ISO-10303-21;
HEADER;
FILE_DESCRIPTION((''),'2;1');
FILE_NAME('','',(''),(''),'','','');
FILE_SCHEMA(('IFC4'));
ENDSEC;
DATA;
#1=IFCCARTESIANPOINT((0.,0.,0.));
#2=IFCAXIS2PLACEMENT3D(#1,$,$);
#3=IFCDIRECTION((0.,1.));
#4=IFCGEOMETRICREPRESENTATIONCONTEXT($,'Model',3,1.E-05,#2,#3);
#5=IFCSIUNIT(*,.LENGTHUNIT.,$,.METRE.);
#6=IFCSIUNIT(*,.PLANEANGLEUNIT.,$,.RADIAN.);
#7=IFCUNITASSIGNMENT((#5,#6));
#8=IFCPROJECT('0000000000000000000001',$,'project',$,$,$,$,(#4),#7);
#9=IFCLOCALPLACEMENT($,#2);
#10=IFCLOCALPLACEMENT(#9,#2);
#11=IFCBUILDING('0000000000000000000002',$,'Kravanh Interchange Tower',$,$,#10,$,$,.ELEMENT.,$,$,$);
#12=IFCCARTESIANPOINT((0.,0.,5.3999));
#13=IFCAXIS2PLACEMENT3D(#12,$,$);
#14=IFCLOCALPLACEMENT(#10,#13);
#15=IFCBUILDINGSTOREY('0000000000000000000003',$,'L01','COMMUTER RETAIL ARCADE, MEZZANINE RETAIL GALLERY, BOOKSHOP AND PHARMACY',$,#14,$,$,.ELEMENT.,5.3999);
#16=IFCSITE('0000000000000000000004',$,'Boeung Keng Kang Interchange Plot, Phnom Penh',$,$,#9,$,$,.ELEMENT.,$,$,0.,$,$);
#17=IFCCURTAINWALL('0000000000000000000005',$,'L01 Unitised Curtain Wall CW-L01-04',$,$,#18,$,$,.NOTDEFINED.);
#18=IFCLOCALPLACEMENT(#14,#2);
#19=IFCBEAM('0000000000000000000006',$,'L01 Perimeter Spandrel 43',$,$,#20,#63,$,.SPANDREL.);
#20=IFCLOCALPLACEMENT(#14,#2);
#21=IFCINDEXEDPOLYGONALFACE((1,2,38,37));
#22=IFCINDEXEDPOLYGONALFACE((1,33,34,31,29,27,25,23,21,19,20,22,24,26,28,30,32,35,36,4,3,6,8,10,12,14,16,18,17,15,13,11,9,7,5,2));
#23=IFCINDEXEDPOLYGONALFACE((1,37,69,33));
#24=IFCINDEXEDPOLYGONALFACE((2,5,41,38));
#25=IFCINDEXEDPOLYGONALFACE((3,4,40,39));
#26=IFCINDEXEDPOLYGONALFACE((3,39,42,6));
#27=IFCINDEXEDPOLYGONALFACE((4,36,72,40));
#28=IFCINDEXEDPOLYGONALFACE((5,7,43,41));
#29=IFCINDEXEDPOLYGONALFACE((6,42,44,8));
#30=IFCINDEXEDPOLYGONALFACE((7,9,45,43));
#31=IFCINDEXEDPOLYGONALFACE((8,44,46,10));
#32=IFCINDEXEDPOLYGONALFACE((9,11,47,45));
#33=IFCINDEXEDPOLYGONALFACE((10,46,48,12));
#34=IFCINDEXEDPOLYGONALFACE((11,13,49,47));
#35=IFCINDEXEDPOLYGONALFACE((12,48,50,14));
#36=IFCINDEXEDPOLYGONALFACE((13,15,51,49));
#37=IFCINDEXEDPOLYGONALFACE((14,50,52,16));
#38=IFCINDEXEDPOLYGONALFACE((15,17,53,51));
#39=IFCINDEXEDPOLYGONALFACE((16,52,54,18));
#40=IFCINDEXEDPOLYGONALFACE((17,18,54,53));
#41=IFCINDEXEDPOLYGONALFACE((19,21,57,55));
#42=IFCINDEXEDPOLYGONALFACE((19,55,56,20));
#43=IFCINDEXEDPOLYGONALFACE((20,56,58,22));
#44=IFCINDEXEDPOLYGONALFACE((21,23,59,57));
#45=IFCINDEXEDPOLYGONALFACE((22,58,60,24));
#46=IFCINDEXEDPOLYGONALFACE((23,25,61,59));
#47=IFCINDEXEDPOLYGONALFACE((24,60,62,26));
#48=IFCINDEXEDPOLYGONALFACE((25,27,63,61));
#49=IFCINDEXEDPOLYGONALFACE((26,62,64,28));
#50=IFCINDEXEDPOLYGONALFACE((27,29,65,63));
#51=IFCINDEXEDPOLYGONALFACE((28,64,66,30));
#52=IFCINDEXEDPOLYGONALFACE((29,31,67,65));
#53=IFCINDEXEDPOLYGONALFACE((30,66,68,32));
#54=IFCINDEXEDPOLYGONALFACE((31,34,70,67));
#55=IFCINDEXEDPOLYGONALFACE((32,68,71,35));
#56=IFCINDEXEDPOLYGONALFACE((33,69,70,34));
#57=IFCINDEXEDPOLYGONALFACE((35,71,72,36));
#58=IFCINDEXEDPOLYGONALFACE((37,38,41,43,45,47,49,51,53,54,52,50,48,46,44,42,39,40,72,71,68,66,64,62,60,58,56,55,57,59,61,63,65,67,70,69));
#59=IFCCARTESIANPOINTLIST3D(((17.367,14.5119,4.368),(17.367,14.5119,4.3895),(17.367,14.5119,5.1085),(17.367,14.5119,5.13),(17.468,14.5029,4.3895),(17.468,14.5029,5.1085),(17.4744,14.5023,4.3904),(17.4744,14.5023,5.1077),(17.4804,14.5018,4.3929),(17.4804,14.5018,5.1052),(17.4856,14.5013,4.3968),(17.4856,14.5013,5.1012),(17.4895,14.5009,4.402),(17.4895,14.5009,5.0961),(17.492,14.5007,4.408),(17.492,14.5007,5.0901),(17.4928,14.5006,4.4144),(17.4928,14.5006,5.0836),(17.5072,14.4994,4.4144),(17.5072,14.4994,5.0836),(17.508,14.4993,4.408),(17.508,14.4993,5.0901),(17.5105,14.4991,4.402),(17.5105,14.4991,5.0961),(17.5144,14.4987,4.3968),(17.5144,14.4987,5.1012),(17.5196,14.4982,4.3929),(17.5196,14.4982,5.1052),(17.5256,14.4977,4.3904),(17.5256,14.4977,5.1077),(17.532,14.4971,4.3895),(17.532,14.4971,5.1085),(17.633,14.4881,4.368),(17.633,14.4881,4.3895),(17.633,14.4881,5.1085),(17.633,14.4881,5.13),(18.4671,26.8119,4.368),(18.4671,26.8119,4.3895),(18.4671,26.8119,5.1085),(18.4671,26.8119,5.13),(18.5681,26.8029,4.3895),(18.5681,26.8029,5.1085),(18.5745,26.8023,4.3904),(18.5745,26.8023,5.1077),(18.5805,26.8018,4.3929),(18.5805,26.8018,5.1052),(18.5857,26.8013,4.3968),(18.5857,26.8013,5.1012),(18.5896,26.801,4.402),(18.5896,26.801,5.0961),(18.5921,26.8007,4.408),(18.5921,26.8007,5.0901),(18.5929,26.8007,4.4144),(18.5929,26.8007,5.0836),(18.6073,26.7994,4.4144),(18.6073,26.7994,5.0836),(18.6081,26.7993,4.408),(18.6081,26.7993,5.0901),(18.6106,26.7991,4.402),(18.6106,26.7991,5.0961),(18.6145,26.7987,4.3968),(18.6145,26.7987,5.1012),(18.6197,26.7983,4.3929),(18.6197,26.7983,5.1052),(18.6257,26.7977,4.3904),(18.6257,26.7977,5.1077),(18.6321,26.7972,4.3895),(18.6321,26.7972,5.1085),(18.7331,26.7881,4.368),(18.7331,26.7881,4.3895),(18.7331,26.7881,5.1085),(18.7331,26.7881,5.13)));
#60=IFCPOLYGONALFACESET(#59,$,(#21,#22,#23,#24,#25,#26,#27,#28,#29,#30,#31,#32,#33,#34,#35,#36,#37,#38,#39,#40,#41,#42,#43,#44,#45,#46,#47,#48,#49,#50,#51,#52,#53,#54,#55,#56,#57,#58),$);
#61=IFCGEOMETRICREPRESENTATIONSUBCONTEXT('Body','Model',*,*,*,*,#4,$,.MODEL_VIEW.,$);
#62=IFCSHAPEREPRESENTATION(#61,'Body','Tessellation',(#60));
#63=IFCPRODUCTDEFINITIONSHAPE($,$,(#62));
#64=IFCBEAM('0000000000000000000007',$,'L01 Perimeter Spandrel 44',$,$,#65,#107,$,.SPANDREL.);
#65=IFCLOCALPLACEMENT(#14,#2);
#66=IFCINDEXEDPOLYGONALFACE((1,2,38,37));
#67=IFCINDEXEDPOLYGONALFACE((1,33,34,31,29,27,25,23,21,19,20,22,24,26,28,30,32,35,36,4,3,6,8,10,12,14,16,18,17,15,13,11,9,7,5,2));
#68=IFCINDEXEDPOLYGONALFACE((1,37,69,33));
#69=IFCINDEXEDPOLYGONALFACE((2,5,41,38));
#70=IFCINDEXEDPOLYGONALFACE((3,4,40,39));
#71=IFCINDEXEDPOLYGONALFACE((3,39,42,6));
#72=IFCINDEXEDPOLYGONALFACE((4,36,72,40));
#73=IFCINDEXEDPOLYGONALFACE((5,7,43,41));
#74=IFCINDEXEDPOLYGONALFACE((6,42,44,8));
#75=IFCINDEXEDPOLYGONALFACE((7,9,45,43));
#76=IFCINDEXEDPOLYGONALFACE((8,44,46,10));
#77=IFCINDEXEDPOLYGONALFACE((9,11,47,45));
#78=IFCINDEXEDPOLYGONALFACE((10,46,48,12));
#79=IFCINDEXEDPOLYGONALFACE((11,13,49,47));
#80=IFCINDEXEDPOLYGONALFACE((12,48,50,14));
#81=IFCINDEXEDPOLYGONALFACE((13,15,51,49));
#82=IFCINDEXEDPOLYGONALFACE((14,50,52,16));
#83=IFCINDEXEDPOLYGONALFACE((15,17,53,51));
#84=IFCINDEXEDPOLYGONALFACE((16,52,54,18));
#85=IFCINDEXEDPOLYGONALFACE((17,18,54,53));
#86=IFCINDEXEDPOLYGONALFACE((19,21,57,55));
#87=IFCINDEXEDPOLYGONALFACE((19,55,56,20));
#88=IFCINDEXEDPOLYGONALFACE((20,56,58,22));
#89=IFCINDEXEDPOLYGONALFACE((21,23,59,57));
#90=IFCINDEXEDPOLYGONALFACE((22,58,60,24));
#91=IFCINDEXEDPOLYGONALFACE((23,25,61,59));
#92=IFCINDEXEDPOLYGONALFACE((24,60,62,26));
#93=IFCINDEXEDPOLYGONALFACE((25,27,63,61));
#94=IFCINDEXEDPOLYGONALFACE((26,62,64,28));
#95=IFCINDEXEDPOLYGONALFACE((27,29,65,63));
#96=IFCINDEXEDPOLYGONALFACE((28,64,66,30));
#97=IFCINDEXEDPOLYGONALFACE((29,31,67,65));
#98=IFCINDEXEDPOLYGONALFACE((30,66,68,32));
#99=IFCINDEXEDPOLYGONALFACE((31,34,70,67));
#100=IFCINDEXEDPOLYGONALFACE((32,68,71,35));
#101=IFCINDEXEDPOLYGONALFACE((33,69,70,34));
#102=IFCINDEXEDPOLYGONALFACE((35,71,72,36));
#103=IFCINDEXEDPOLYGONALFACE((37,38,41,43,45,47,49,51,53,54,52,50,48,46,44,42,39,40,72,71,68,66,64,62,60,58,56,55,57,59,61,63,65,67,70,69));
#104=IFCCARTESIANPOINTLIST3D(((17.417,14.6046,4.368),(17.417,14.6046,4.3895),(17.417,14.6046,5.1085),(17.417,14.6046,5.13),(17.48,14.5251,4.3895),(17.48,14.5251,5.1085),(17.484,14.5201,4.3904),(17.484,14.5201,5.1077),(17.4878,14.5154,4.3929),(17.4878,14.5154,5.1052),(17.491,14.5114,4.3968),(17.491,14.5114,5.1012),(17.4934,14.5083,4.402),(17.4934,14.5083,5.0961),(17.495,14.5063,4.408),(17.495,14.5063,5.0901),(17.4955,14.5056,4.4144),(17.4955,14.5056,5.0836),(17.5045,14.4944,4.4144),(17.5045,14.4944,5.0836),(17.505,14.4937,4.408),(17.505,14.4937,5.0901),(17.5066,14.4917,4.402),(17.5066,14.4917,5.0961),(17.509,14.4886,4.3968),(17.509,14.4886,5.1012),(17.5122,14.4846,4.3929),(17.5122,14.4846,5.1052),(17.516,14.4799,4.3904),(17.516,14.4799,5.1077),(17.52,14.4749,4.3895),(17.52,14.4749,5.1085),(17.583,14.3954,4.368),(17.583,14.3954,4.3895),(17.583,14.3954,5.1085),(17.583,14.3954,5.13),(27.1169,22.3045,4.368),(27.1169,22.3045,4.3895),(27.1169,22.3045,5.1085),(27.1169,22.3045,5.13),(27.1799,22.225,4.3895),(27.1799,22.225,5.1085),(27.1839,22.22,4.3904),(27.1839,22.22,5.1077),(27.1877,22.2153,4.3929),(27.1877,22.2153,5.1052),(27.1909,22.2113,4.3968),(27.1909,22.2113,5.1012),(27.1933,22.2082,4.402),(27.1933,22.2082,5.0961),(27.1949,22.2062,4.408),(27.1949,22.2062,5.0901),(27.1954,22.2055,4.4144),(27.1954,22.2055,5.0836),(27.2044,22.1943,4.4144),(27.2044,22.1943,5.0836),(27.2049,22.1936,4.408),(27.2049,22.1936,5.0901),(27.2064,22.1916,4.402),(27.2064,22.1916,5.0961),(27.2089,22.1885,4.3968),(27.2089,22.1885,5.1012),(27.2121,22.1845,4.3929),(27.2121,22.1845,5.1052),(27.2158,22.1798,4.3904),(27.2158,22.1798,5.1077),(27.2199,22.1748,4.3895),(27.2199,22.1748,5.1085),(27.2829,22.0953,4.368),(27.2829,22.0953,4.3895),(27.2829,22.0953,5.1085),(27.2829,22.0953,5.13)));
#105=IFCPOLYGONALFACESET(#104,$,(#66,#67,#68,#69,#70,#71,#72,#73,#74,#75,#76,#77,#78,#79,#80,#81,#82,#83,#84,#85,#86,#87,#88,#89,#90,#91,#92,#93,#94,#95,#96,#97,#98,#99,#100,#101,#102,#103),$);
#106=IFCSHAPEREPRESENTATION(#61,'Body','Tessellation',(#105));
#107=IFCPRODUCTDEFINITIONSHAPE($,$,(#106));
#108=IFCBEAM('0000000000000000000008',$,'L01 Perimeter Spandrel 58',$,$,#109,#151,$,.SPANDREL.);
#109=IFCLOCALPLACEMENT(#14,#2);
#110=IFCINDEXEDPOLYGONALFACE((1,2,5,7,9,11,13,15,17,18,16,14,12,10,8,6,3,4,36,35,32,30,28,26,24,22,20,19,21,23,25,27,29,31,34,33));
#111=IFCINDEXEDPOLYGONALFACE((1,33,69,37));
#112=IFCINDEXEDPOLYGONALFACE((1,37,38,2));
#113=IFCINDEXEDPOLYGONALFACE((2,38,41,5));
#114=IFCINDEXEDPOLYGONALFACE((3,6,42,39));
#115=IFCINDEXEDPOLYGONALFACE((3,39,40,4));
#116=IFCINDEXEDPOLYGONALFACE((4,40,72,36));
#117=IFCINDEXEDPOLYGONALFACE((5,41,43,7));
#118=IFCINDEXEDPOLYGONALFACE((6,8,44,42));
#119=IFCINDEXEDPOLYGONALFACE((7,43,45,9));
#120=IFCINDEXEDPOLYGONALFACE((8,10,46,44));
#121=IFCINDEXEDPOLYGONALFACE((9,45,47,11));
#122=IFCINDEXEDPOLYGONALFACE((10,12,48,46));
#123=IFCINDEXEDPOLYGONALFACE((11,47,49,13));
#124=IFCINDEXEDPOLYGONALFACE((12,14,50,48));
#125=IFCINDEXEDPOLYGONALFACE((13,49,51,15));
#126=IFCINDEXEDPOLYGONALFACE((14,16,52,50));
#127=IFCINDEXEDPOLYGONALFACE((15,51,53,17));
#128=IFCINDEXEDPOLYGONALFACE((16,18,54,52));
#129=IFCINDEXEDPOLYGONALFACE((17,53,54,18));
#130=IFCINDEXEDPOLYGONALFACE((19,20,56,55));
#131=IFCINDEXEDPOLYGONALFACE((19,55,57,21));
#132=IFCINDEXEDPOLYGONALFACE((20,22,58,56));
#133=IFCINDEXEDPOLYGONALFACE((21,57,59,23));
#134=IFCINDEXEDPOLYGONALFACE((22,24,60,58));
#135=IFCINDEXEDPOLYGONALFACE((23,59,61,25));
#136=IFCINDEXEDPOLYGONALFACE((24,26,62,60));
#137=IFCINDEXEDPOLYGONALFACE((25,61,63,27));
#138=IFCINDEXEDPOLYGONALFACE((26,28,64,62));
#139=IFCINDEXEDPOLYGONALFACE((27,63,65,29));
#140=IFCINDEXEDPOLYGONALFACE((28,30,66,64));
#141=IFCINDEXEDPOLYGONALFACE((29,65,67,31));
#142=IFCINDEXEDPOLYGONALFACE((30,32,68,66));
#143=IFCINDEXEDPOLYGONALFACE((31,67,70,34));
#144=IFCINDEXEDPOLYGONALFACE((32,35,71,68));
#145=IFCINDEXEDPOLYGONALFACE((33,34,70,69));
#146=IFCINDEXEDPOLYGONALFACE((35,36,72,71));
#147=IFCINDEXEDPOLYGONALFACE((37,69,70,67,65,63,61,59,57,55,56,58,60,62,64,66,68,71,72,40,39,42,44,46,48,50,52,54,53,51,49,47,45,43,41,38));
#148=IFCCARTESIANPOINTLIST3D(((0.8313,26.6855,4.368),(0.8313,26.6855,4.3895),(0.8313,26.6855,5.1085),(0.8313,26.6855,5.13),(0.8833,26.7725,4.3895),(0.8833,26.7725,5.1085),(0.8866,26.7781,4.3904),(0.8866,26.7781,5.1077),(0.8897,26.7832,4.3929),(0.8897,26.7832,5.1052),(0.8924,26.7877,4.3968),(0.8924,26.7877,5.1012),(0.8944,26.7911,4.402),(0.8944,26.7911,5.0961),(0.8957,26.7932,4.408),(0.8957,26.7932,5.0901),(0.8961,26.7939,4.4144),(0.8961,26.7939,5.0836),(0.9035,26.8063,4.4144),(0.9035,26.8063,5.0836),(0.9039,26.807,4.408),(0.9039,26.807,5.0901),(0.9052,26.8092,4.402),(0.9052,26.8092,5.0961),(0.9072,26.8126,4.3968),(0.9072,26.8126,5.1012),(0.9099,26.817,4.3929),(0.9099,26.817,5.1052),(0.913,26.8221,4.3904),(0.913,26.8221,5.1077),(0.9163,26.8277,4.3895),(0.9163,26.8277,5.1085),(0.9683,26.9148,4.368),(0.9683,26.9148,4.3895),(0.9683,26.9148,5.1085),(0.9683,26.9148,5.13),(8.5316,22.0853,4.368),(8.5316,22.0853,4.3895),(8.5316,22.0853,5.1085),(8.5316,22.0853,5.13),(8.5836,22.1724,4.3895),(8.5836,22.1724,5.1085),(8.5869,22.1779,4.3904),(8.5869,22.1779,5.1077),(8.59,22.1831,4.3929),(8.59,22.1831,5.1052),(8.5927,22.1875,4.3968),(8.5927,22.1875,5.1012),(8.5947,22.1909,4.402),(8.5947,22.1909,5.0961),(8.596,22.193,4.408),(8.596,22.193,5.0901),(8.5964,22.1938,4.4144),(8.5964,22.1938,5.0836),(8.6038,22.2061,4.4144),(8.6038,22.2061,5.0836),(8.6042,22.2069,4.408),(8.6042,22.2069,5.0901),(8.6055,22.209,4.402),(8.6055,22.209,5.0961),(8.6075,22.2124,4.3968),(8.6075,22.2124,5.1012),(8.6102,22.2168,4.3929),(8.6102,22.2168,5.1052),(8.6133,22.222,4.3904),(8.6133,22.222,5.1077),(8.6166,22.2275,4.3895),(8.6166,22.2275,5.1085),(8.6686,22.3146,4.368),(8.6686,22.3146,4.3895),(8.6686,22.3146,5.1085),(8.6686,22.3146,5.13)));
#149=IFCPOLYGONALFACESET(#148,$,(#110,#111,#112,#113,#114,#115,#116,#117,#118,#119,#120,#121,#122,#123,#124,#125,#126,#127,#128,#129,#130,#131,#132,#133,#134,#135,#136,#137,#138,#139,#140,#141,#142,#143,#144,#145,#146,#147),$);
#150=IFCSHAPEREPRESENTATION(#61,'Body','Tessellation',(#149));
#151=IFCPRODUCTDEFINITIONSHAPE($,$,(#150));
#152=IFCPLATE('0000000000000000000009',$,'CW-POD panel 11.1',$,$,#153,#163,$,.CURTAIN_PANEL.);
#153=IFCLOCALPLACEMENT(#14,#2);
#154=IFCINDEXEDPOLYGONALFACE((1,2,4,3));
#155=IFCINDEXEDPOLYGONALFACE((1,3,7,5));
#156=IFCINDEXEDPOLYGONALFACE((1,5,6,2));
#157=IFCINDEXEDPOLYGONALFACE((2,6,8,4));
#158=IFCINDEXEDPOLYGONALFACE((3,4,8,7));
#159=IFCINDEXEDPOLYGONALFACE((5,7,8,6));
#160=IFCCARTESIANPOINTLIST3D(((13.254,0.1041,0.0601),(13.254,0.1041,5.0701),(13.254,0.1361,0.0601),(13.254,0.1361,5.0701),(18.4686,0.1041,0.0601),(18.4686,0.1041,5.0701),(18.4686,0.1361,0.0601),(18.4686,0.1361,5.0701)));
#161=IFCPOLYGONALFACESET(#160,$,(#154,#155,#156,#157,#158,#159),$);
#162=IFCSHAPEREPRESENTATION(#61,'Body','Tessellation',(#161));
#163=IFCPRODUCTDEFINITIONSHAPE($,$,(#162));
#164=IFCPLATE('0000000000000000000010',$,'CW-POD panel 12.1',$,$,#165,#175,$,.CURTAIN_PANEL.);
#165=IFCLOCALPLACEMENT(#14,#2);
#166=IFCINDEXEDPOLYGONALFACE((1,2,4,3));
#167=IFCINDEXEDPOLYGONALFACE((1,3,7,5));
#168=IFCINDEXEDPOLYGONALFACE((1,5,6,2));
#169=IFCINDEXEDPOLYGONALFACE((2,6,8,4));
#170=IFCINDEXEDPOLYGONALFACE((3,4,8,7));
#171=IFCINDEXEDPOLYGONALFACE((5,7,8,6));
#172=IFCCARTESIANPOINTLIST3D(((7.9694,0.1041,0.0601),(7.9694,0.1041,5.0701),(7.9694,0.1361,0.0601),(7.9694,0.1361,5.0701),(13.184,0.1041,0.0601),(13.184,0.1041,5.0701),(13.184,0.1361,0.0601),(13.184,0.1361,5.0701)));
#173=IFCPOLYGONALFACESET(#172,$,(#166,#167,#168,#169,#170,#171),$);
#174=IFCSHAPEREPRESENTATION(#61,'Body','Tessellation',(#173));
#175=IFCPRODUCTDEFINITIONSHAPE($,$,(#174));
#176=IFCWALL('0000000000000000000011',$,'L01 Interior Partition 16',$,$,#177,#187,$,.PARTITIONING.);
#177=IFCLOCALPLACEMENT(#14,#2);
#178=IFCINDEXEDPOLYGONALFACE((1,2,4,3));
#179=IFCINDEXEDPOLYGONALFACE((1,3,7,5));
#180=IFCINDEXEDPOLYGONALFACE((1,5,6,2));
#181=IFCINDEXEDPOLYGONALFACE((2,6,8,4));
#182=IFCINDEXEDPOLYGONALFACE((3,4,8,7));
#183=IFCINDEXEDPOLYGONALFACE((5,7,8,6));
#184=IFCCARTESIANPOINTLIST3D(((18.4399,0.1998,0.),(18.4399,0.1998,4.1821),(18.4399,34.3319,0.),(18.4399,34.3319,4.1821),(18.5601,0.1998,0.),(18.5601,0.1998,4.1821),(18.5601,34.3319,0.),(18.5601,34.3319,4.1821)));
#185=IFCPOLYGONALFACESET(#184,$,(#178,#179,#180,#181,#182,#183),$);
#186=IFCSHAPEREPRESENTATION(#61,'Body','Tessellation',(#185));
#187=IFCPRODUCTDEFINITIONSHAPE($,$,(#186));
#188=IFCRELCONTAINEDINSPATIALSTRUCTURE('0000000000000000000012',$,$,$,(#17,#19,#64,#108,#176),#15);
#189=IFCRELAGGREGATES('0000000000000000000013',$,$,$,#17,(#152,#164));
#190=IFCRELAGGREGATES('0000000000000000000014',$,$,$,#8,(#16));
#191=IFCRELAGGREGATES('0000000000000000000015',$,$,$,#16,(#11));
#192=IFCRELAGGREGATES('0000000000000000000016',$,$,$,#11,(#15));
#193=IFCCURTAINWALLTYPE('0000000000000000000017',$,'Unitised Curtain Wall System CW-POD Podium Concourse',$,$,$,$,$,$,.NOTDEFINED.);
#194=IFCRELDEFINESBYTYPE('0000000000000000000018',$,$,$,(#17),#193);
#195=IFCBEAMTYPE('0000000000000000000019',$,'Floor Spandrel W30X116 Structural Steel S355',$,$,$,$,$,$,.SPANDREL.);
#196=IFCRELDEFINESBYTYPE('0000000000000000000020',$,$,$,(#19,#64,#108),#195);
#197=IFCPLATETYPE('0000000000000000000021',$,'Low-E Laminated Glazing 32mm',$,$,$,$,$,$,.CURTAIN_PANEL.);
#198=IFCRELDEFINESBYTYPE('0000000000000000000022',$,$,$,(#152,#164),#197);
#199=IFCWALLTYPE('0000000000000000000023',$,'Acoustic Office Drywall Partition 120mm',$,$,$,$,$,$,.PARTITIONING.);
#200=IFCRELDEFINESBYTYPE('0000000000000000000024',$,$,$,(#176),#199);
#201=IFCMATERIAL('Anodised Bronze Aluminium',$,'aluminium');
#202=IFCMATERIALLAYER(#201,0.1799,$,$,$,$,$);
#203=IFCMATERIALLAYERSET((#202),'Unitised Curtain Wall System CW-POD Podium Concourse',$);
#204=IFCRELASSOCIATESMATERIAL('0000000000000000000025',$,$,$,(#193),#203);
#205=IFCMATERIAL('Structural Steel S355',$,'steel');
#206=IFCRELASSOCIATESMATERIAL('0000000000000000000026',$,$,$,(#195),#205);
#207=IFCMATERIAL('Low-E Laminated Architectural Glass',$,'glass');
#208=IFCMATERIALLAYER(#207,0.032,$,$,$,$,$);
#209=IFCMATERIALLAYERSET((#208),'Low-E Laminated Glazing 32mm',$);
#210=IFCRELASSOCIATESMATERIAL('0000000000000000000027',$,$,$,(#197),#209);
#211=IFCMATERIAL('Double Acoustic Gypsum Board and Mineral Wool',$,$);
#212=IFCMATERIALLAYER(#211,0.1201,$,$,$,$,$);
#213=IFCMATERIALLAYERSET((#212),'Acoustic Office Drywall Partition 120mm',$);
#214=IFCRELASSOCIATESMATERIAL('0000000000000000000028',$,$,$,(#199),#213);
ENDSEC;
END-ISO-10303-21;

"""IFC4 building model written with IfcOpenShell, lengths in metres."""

from ifc_helpers import new_model, si_unit, direction, frame, frame_2d, origin, origin_2d, place, context, subcontext, project, spatial, rectangle, i_section, extrude, material, layer, layer_set, material_profile, profile_set, type_object, element, aggregate, save


model = new_model("IFC4")

# Units and contexts
model_context = context("Model", 3, precision=1e-05, world=origin(), true_north=direction((0.0, 1.0)))
body_context = subcontext(model_context, "Body", "Model", "MODEL_VIEW")
ifc_project = project(units=[si_unit("LENGTHUNIT", "METRE"), si_unit("PLANEANGLEUNIT", "RADIAN")], contexts=[model_context])

# Site, building, storey
site_placement = place(None, origin())
site = spatial("IfcSite", under=ifc_project, at=site_placement, Name="Boeung Keng Kang Interchange Plot, Phnom Penh", CompositionType="ELEMENT", RefElevation=0.0)
building_placement = place(site_placement, origin())
building = spatial("IfcBuilding", under=site, at=building_placement, Name="Kravanh Interchange Tower", CompositionType="ELEMENT")
storey_placement = place(building_placement, frame((0.0, 0.0, 5.3999)))
storey = spatial("IfcBuildingStorey", under=building, at=storey_placement, Name="L01", Description="COMMUTER RETAIL ARCADE, MEZZANINE RETAIL GALLERY, BOOKSHOP AND PHARMACY", CompositionType="ELEMENT", Elevation=5.3999)

# Curtain wall
ifc_material_1 = material(Name="Anodised Bronze Aluminium", Category="aluminium")
ifc_layer_1 = layer(ifc_material_1, 0.1799)
ifc_layer_set_1 = layer_set([ifc_layer_1], Name="Unitised Curtain Wall System CW-POD Podium Concourse")
curtain_wall_type = type_object("IfcCurtainWallType", Name="Unitised Curtain Wall System CW-POD Podium Concourse", PredefinedType="NOTDEFINED", material=ifc_layer_set_1)
curtain_wall_placement = place(storey_placement, origin())
curtain_wall = element("IfcCurtainWall", 1, at=curtain_wall_placement, inside=storey, type_object=curtain_wall_type, Name="L01 Unitised Curtain Wall CW-L01-04", PredefinedType="NOTDEFINED")

# Beams
ifc_material_2 = material(Name="Structural Steel S355", Category="steel")
ifc_material_profile_1 = material_profile(ifc_material_2, i_section(OverallWidth=0.2671, OverallDepth=0.762, WebThickness=0.0144, FlangeThickness=0.0215, FilletRadius=0.0249, at=origin_2d()), Name="W30X116")
ifc_profile_set_1 = profile_set([ifc_material_profile_1], Name="Structural Steel S355")
beam_type_1 = type_object("IfcBeamType", Name="Floor Spandrel W30X116 Structural Steel S355", PredefinedType="SPANDREL", material=ifc_profile_set_1)
beam_1_placement = place(storey_placement, frame((17.5, 14.5, 4.749), z_axis=(0.089083, 0.996024, 0.0), x_axis=(-0.996024, 0.089083, 0.0)))
element("IfcBeam", 2, at=beam_1_placement, inside=storey, type_object=beam_type_1, Name="L01 Perimeter Spandrel 43", PredefinedType="SPANDREL", context=body_context, shape_type="SweptSolid", body=[
    extrude(i_section(OverallWidth=0.2671, OverallDepth=0.762, WebThickness=0.0144, FlangeThickness=0.0215, FilletRadius=0.0249, at=origin_2d()), origin(), (0.0, 0.0, 1.0), 12.3491),
])
beam_2_placement = place(storey_placement, frame((17.5, 14.5, 4.749), z_axis=(0.783227, 0.621736, 0.0), x_axis=(-0.621736, 0.783227, 0.0)))
element("IfcBeam", 3, at=beam_2_placement, inside=storey, type_object=beam_type_1, Name="L01 Perimeter Spandrel 44", PredefinedType="SPANDREL", context=body_context, shape_type="SweptSolid", body=[
    extrude(i_section(OverallWidth=0.2671, OverallDepth=0.762, WebThickness=0.0144, FlangeThickness=0.0215, FilletRadius=0.0249, at=origin_2d()), origin(), (0.0, 0.0, 1.0), 12.3845),
])
beam_3_placement = place(storey_placement, frame((8.6001, 22.2, 4.749), z_axis=(-0.858476, 0.512854, 0.0), x_axis=(-0.512854, -0.858476, 0.0)))
element("IfcBeam", 4, at=beam_3_placement, inside=storey, type_object=beam_type_1, Name="L01 Perimeter Spandrel 58", PredefinedType="SPANDREL", context=body_context, shape_type="SweptSolid", body=[
    extrude(i_section(OverallWidth=0.2671, OverallDepth=0.762, WebThickness=0.0144, FlangeThickness=0.0215, FilletRadius=0.0249, at=origin_2d()), origin(), (0.0, 0.0, 1.0), 8.9697),
])

# Plates
ifc_material_3 = material(Name="Low-E Laminated Architectural Glass", Category="glass")
ifc_layer_2 = layer(ifc_material_3, 0.032)
ifc_layer_set_2 = layer_set([ifc_layer_2], Name="Low-E Laminated Glazing 32mm")
plate_type = type_object("IfcPlateType", Name="Low-E Laminated Glazing 32mm", PredefinedType="CURTAIN_PANEL", material=ifc_layer_set_2)
plate_1_placement = place(storey_placement, frame((15.8613, 0.1201, 0.0601), z_axis=(0.0, 0.0, 1.0), x_axis=(-1.0, 0.0, 0.0)))
plate_1 = element("IfcPlate", 5, at=plate_1_placement, type_object=plate_type, Name="CW-POD panel 11.1", PredefinedType="CURTAIN_PANEL", context=body_context, shape_type="SweptSolid", body=[
    extrude(rectangle(XDim=5.2146, YDim=0.032, at=origin_2d()), origin(), (0.0, 0.0, 1.0), 5.01),
])
plate_2_placement = place(storey_placement, frame((10.5767, 0.1201, 0.0601), z_axis=(0.0, 0.0, 1.0), x_axis=(-1.0, 0.0, 0.0)))
plate_2 = element("IfcPlate", 6, at=plate_2_placement, type_object=plate_type, Name="CW-POD panel 12.1", PredefinedType="CURTAIN_PANEL", context=body_context, shape_type="SweptSolid", body=[
    extrude(rectangle(XDim=5.2146, YDim=0.032, at=origin_2d()), origin(), (0.0, 0.0, 1.0), 5.01),
])
aggregate(curtain_wall, [plate_1, plate_2])

# Wall
ifc_material_4 = material(Name="Double Acoustic Gypsum Board and Mineral Wool")
ifc_layer_3 = layer(ifc_material_4, 0.1201)
ifc_layer_set_3 = layer_set([ifc_layer_3], Name="Acoustic Office Drywall Partition 120mm")
wall_type = type_object("IfcWallType", Name="Acoustic Office Drywall Partition 120mm", PredefinedType="PARTITIONING", material=ifc_layer_set_3)
wall_placement = place(storey_placement, frame((18.5, 0.2, 0.0), z_axis=(0.0, 0.0, 1.0), x_axis=(0.0, 1.0, 0.0)))
element("IfcWall", 7, at=wall_placement, inside=storey, type_object=wall_type, Name="L01 Interior Partition 16", PredefinedType="PARTITIONING", context=body_context, shape_type="SweptSolid", body=[
    extrude(rectangle(XDim=34.1321, YDim=0.1201, at=frame_2d((17.0659, 0.0))), origin(), (0.0, 0.0, 1.0), 4.1821),
])

save(model, "model.ifc")
